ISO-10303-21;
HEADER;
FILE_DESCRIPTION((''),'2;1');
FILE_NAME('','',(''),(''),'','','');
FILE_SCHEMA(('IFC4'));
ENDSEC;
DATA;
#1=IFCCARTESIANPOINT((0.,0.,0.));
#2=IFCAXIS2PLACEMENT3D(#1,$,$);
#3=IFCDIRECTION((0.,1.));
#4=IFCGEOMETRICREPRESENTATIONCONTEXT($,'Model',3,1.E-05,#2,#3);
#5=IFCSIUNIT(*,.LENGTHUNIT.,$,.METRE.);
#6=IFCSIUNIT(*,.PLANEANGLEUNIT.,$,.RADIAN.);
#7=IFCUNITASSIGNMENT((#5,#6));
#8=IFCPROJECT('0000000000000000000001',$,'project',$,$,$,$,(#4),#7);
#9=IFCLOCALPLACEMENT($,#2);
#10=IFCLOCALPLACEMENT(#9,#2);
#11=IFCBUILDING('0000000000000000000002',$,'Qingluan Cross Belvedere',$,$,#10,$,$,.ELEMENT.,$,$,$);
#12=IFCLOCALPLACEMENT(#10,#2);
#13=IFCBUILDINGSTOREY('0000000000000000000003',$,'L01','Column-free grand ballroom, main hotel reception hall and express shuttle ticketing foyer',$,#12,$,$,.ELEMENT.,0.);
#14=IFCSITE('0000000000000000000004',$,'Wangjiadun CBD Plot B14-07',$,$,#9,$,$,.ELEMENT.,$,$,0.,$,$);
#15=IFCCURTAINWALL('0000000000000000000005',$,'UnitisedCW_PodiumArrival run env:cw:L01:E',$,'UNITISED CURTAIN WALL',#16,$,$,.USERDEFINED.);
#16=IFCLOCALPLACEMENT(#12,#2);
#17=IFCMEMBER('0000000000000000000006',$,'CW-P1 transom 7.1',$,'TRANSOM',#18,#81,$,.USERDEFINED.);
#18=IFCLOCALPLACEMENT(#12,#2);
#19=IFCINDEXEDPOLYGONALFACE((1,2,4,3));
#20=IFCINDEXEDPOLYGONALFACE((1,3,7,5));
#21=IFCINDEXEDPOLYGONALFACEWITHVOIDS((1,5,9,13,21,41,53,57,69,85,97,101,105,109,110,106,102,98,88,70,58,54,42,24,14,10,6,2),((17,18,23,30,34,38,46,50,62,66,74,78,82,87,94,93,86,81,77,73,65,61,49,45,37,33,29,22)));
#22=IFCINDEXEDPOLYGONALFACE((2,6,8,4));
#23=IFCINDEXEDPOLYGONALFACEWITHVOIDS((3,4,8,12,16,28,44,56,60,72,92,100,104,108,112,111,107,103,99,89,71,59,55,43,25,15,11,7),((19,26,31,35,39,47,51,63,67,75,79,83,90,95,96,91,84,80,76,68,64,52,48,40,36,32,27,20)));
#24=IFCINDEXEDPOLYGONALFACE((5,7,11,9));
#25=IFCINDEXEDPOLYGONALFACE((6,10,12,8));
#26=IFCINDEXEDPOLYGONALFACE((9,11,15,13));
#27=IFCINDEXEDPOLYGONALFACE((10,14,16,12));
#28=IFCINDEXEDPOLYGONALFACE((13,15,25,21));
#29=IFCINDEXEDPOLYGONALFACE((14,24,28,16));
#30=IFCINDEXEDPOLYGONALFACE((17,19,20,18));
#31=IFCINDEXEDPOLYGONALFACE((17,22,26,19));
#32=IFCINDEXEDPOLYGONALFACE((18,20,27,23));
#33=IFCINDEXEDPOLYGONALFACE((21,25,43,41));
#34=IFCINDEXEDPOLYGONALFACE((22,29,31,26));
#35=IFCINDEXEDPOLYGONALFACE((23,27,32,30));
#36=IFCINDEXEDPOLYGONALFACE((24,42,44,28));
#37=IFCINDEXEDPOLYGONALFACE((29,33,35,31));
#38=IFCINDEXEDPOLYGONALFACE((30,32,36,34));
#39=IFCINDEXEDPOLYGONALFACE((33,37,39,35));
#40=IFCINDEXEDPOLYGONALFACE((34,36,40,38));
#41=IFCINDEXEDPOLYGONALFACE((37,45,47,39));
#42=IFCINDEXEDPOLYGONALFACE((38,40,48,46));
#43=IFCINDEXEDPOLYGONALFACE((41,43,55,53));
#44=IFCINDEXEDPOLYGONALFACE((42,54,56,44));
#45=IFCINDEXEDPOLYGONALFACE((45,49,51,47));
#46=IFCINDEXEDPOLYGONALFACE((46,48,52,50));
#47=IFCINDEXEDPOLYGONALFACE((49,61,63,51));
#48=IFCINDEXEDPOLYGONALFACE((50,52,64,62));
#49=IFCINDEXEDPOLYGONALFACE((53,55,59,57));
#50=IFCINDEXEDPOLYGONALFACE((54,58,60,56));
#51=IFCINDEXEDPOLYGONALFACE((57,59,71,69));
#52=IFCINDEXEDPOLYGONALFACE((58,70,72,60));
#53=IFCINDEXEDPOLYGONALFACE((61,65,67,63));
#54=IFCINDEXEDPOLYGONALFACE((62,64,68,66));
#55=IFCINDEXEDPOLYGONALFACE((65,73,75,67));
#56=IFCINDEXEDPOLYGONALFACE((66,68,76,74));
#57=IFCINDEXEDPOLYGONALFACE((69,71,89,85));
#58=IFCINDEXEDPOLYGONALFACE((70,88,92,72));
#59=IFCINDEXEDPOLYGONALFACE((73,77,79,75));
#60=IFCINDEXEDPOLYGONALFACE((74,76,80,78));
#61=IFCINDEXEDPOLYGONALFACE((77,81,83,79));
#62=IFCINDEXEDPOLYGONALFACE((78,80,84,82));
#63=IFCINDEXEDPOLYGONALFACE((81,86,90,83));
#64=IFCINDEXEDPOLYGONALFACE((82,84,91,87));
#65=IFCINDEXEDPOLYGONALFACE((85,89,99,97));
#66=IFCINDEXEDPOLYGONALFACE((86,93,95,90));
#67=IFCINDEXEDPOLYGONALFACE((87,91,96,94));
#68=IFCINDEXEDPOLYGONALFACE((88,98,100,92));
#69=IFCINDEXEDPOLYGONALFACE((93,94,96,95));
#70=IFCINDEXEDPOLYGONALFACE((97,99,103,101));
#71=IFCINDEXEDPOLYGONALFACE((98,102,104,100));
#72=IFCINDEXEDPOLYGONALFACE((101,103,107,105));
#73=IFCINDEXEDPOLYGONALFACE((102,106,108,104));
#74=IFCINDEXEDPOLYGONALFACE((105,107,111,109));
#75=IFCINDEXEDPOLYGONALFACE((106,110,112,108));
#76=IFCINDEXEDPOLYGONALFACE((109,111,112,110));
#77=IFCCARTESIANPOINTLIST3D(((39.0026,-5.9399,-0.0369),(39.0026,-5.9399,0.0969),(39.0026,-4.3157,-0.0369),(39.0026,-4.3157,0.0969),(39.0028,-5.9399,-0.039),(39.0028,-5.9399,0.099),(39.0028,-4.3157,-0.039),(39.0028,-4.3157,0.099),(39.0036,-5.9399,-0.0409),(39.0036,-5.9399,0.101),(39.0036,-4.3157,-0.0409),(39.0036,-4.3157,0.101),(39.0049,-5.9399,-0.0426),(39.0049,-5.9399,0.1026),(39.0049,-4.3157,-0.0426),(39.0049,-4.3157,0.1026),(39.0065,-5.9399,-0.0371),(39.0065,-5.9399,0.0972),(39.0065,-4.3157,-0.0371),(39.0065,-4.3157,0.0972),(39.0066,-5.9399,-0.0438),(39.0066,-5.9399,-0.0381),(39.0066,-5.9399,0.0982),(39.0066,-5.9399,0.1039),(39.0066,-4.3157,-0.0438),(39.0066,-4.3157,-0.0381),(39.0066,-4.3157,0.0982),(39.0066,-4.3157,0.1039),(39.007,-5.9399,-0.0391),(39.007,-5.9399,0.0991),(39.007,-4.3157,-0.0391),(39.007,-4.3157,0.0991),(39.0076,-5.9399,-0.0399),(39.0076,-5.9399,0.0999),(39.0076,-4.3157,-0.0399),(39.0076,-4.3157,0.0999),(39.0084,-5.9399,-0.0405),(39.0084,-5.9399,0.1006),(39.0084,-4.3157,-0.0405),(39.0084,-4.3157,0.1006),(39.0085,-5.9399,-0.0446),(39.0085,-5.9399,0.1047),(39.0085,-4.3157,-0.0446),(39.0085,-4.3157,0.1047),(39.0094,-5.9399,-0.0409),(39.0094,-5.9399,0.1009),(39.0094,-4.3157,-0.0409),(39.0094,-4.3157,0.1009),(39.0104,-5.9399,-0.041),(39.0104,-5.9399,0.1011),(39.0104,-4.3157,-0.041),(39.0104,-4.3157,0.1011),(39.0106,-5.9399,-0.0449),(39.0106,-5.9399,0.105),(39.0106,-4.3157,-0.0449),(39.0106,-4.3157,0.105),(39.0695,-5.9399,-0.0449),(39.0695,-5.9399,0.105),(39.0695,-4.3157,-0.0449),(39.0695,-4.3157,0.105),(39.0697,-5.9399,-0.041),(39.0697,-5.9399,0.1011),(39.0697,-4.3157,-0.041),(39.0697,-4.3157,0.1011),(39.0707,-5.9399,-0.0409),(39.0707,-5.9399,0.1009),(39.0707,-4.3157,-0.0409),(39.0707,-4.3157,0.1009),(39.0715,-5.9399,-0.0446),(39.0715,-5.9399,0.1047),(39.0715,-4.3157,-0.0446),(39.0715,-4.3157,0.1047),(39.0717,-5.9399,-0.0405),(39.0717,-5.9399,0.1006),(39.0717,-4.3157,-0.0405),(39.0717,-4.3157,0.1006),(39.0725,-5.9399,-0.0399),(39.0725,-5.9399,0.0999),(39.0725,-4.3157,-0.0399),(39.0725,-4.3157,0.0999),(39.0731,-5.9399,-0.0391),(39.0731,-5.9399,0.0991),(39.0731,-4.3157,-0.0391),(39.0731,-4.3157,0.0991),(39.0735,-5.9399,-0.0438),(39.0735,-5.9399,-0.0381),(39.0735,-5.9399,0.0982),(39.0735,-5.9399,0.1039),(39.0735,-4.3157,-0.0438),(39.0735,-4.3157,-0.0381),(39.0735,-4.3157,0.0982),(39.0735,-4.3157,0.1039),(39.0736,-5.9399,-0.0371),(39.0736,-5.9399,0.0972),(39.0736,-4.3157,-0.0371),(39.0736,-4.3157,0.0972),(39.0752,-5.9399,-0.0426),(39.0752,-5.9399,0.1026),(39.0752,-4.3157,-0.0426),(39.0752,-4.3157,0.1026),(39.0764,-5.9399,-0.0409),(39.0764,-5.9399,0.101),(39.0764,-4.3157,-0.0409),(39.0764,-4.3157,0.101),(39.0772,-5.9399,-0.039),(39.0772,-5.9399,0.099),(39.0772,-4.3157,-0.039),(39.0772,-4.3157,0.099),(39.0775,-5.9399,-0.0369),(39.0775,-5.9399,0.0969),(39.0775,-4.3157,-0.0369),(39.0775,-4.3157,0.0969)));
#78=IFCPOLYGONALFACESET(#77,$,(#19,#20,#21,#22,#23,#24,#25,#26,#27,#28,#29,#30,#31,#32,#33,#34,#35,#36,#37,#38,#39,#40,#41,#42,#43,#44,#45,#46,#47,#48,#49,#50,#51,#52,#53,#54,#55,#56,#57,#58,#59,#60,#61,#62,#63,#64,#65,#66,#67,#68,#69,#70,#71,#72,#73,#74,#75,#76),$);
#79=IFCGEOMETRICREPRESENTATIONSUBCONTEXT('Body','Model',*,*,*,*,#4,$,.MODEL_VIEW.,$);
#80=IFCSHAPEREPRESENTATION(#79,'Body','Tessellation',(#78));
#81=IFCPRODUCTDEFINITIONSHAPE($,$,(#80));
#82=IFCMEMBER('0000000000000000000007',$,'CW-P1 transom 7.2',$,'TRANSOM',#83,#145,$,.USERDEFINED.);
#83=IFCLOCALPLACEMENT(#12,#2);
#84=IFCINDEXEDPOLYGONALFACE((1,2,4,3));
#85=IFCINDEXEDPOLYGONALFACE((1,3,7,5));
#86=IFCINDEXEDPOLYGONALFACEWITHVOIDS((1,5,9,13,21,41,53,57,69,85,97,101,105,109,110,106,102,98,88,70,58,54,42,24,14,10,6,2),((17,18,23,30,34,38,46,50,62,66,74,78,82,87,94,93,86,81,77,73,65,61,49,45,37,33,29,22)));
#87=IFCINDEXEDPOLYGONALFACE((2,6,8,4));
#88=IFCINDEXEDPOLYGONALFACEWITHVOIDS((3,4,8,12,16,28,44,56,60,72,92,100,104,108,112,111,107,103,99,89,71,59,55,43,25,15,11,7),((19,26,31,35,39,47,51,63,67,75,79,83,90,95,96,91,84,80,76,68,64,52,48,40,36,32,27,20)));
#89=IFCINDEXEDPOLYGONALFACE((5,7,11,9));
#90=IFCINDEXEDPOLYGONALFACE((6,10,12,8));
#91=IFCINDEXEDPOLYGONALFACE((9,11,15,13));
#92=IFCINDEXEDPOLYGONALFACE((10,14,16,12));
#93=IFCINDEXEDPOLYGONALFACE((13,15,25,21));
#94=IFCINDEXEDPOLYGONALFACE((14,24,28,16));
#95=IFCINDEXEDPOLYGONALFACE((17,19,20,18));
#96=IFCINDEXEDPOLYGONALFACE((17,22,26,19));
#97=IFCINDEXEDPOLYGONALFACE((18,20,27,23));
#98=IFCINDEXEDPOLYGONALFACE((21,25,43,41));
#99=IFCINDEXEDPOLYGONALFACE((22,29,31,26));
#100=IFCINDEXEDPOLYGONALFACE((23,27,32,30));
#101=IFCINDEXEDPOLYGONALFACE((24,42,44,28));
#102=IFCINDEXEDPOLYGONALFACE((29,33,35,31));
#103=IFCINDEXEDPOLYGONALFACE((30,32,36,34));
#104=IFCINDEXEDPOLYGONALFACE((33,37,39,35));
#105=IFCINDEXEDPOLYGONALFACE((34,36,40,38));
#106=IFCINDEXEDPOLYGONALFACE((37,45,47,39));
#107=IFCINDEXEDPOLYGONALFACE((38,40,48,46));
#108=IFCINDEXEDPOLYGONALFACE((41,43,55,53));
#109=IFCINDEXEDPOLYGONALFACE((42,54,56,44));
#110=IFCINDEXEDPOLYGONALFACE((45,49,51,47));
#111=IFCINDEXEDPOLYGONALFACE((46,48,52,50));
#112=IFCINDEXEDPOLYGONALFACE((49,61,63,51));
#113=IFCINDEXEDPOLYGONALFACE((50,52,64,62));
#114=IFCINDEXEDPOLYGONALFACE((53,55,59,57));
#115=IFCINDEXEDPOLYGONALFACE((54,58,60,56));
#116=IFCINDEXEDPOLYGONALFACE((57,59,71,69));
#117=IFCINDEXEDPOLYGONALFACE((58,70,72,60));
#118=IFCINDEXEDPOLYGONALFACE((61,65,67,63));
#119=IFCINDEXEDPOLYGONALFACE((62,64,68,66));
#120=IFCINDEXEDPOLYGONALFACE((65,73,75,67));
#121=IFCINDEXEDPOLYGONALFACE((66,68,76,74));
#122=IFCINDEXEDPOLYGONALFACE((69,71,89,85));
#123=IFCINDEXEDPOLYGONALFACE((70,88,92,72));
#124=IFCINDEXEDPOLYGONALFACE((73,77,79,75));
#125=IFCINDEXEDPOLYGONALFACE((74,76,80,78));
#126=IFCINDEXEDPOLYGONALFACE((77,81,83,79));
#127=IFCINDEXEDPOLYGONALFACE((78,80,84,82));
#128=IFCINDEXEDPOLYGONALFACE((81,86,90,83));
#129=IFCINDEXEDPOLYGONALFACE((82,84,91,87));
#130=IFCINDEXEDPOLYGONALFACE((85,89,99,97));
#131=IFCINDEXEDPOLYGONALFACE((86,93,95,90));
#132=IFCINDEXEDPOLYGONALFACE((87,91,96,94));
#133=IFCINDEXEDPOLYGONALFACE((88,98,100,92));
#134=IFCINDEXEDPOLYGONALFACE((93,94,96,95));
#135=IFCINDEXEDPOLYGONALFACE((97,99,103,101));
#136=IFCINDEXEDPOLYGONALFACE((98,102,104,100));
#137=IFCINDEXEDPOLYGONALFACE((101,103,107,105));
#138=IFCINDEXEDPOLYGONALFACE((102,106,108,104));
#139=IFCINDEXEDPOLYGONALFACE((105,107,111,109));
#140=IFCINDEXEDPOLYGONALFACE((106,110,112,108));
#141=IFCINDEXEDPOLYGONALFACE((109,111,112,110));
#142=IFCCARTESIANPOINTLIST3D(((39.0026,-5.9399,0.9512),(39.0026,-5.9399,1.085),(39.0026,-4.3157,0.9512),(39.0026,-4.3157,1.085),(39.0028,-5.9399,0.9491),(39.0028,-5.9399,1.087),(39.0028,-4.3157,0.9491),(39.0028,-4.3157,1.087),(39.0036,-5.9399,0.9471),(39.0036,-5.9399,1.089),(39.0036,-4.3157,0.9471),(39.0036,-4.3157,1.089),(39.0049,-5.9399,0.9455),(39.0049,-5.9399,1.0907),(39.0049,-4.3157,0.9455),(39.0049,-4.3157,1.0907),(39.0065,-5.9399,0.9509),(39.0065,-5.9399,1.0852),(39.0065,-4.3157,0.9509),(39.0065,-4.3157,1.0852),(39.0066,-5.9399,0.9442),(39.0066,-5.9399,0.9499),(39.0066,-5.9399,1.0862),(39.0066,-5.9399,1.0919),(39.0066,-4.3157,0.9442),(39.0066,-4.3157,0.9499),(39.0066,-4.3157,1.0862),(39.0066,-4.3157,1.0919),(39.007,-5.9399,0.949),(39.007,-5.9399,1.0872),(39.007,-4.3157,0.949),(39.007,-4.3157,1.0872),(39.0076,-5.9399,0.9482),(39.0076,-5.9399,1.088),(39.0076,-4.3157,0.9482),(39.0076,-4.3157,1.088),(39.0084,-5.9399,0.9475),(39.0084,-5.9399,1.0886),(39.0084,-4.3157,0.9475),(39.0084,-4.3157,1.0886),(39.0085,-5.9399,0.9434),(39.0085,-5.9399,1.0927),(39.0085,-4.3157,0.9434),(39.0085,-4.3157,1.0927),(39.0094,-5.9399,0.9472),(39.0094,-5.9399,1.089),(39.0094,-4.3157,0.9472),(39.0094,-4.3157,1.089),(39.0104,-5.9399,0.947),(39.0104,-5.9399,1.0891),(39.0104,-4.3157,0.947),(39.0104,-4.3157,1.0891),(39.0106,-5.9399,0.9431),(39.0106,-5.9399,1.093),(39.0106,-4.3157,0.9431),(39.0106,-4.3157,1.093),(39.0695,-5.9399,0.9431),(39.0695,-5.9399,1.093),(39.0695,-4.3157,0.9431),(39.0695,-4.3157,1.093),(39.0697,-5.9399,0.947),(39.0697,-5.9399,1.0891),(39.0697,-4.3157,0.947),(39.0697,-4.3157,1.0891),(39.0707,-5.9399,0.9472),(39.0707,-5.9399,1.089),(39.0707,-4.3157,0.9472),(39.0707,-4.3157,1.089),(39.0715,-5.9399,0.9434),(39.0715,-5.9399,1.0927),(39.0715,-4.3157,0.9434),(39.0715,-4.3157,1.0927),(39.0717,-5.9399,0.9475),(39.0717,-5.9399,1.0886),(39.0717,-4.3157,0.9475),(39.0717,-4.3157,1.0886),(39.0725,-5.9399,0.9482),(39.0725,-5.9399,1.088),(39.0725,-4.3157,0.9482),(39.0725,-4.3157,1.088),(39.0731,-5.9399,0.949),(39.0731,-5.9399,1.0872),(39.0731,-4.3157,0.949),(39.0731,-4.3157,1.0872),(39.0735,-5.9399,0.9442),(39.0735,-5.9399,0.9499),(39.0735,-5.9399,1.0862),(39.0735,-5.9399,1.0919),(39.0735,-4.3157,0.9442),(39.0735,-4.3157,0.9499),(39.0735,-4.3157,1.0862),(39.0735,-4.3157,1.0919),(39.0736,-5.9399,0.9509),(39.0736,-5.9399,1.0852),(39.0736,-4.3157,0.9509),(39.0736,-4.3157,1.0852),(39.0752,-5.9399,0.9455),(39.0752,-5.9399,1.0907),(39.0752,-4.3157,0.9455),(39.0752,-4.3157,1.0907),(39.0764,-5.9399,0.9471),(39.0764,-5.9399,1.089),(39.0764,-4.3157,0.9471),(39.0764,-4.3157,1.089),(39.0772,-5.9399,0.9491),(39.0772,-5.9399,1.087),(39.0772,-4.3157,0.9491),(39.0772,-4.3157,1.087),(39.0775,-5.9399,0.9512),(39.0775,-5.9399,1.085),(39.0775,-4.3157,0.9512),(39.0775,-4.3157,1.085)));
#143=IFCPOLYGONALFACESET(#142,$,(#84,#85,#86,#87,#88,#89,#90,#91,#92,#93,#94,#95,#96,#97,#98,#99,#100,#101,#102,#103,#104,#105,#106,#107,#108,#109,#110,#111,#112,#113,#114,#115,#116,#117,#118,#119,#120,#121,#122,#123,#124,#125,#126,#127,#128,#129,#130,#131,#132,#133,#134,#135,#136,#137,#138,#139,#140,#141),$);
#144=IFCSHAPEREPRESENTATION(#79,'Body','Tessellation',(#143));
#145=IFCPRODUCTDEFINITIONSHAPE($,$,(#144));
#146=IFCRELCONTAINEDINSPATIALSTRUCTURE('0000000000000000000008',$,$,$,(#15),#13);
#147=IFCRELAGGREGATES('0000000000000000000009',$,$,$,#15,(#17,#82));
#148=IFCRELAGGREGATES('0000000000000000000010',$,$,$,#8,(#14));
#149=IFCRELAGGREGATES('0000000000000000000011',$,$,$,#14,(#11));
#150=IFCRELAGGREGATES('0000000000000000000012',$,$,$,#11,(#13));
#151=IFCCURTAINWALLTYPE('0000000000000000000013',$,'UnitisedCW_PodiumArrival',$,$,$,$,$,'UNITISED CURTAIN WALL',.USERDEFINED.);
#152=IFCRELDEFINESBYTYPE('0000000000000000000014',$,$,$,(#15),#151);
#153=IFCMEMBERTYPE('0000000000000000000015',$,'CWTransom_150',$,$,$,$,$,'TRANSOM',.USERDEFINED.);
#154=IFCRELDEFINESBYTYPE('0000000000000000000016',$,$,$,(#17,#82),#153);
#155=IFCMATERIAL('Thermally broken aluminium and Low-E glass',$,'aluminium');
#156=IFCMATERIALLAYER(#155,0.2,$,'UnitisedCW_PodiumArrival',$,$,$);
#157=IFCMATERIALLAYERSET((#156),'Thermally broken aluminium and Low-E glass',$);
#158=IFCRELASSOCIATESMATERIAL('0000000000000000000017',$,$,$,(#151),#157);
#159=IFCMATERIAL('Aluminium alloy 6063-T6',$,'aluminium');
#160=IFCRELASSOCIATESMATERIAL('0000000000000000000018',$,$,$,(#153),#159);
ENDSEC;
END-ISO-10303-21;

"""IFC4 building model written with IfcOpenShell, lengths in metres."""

from ifc_helpers import new_model, si_unit, direction, frame, origin, origin_2d, place, context, subcontext, project, spatial, hollow_rectangle, extrude, material, layer, layer_set, material_profile, profile_set, type_object, element, aggregate, save


model = new_model("IFC4")

# Units and contexts
model_context = context("Model", 3, precision=1e-05, world=origin(), true_north=direction((0.0, 1.0)))
body_context = subcontext(model_context, "Body", "Model", "MODEL_VIEW")
ifc_project = project(units=[si_unit("LENGTHUNIT", "METRE"), si_unit("PLANEANGLEUNIT", "RADIAN")], contexts=[model_context])

# Site, building, storey
site_placement = place(None, origin())
site = spatial("IfcSite", under=ifc_project, at=site_placement, Name="Wangjiadun CBD Plot B14-07", CompositionType="ELEMENT", RefElevation=0.0)
building_placement = place(site_placement, origin())
building = spatial("IfcBuilding", under=site, at=building_placement, Name="Qingluan Cross Belvedere", CompositionType="ELEMENT")
storey_placement = place(building_placement, origin())
storey = spatial("IfcBuildingStorey", under=building, at=storey_placement, Name="L01", Description="Column-free grand ballroom, main hotel reception hall and express shuttle ticketing foyer", CompositionType="ELEMENT", Elevation=0.0)

# Curtain wall, members
ifc_material_1 = material(Name="Thermally broken aluminium and Low-E glass", Category="aluminium")
ifc_layer_1 = layer(ifc_material_1, 0.2, Name="UnitisedCW_PodiumArrival")
ifc_layer_set_1 = layer_set([ifc_layer_1], Name="Thermally broken aluminium and Low-E glass")
curtain_wall_type = type_object("IfcCurtainWallType", Name="UnitisedCW_PodiumArrival", ElementType="UNITISED CURTAIN WALL", PredefinedType="USERDEFINED", material=ifc_layer_set_1)
curtain_wall_placement = place(storey_placement, origin())
curtain_wall = element("IfcCurtainWall", 1, at=curtain_wall_placement, inside=storey, type_object=curtain_wall_type, Name="UnitisedCW_PodiumArrival run env:cw:L01:E", ObjectType="UNITISED CURTAIN WALL", PredefinedType="USERDEFINED")
ifc_material_2 = material(Name="Aluminium alloy 6063-T6", Category="aluminium")
ifc_material_profile_1 = material_profile(ifc_material_2, hollow_rectangle(XDim=0.075, YDim=0.1499, WallThickness=0.0039, InnerFilletRadius=0.0039, OuterFilletRadius=0.0081, at=origin_2d()), Name="CWT150x75x4")
ifc_profile_set_1 = profile_set([ifc_material_profile_1], Name="Aluminium alloy 6063-T6")
member_type_1 = type_object("IfcMemberType", Name="CWTransom_150", ElementType="TRANSOM", PredefinedType="USERDEFINED", material=ifc_profile_set_1)
member_1_placement = place(storey_placement, frame((39.04, -4.3157, 0.03), z_axis=(0.0, -1.0, 0.0), x_axis=(1.0, 0.0, 0.0)))
member_1 = element("IfcMember", 2, at=member_1_placement, type_object=member_type_1, Name="CW-P1 transom 7.1", ObjectType="TRANSOM", PredefinedType="USERDEFINED", context=body_context, shape_type="SweptSolid", body=[
    extrude(hollow_rectangle(XDim=0.075, YDim=0.1499, WallThickness=0.0039, InnerFilletRadius=0.0039, OuterFilletRadius=0.0081, at=origin_2d()), origin(), (0.0, 0.0, 1.0), 1.6243),
])
member_2_placement = place(storey_placement, frame((39.04, -4.3157, 1.0181), z_axis=(0.0, -1.0, 0.0), x_axis=(1.0, 0.0, 0.0)))
member_2 = element("IfcMember", 3, at=member_2_placement, type_object=member_type_1, Name="CW-P1 transom 7.2", ObjectType="TRANSOM", PredefinedType="USERDEFINED", context=body_context, shape_type="SweptSolid", body=[
    extrude(hollow_rectangle(XDim=0.075, YDim=0.1499, WallThickness=0.0039, InnerFilletRadius=0.0039, OuterFilletRadius=0.0081, at=origin_2d()), origin(), (0.0, 0.0, 1.0), 1.6243),
])
aggregate(curtain_wall, [member_1, member_2])

save(model, "model.ifc")
